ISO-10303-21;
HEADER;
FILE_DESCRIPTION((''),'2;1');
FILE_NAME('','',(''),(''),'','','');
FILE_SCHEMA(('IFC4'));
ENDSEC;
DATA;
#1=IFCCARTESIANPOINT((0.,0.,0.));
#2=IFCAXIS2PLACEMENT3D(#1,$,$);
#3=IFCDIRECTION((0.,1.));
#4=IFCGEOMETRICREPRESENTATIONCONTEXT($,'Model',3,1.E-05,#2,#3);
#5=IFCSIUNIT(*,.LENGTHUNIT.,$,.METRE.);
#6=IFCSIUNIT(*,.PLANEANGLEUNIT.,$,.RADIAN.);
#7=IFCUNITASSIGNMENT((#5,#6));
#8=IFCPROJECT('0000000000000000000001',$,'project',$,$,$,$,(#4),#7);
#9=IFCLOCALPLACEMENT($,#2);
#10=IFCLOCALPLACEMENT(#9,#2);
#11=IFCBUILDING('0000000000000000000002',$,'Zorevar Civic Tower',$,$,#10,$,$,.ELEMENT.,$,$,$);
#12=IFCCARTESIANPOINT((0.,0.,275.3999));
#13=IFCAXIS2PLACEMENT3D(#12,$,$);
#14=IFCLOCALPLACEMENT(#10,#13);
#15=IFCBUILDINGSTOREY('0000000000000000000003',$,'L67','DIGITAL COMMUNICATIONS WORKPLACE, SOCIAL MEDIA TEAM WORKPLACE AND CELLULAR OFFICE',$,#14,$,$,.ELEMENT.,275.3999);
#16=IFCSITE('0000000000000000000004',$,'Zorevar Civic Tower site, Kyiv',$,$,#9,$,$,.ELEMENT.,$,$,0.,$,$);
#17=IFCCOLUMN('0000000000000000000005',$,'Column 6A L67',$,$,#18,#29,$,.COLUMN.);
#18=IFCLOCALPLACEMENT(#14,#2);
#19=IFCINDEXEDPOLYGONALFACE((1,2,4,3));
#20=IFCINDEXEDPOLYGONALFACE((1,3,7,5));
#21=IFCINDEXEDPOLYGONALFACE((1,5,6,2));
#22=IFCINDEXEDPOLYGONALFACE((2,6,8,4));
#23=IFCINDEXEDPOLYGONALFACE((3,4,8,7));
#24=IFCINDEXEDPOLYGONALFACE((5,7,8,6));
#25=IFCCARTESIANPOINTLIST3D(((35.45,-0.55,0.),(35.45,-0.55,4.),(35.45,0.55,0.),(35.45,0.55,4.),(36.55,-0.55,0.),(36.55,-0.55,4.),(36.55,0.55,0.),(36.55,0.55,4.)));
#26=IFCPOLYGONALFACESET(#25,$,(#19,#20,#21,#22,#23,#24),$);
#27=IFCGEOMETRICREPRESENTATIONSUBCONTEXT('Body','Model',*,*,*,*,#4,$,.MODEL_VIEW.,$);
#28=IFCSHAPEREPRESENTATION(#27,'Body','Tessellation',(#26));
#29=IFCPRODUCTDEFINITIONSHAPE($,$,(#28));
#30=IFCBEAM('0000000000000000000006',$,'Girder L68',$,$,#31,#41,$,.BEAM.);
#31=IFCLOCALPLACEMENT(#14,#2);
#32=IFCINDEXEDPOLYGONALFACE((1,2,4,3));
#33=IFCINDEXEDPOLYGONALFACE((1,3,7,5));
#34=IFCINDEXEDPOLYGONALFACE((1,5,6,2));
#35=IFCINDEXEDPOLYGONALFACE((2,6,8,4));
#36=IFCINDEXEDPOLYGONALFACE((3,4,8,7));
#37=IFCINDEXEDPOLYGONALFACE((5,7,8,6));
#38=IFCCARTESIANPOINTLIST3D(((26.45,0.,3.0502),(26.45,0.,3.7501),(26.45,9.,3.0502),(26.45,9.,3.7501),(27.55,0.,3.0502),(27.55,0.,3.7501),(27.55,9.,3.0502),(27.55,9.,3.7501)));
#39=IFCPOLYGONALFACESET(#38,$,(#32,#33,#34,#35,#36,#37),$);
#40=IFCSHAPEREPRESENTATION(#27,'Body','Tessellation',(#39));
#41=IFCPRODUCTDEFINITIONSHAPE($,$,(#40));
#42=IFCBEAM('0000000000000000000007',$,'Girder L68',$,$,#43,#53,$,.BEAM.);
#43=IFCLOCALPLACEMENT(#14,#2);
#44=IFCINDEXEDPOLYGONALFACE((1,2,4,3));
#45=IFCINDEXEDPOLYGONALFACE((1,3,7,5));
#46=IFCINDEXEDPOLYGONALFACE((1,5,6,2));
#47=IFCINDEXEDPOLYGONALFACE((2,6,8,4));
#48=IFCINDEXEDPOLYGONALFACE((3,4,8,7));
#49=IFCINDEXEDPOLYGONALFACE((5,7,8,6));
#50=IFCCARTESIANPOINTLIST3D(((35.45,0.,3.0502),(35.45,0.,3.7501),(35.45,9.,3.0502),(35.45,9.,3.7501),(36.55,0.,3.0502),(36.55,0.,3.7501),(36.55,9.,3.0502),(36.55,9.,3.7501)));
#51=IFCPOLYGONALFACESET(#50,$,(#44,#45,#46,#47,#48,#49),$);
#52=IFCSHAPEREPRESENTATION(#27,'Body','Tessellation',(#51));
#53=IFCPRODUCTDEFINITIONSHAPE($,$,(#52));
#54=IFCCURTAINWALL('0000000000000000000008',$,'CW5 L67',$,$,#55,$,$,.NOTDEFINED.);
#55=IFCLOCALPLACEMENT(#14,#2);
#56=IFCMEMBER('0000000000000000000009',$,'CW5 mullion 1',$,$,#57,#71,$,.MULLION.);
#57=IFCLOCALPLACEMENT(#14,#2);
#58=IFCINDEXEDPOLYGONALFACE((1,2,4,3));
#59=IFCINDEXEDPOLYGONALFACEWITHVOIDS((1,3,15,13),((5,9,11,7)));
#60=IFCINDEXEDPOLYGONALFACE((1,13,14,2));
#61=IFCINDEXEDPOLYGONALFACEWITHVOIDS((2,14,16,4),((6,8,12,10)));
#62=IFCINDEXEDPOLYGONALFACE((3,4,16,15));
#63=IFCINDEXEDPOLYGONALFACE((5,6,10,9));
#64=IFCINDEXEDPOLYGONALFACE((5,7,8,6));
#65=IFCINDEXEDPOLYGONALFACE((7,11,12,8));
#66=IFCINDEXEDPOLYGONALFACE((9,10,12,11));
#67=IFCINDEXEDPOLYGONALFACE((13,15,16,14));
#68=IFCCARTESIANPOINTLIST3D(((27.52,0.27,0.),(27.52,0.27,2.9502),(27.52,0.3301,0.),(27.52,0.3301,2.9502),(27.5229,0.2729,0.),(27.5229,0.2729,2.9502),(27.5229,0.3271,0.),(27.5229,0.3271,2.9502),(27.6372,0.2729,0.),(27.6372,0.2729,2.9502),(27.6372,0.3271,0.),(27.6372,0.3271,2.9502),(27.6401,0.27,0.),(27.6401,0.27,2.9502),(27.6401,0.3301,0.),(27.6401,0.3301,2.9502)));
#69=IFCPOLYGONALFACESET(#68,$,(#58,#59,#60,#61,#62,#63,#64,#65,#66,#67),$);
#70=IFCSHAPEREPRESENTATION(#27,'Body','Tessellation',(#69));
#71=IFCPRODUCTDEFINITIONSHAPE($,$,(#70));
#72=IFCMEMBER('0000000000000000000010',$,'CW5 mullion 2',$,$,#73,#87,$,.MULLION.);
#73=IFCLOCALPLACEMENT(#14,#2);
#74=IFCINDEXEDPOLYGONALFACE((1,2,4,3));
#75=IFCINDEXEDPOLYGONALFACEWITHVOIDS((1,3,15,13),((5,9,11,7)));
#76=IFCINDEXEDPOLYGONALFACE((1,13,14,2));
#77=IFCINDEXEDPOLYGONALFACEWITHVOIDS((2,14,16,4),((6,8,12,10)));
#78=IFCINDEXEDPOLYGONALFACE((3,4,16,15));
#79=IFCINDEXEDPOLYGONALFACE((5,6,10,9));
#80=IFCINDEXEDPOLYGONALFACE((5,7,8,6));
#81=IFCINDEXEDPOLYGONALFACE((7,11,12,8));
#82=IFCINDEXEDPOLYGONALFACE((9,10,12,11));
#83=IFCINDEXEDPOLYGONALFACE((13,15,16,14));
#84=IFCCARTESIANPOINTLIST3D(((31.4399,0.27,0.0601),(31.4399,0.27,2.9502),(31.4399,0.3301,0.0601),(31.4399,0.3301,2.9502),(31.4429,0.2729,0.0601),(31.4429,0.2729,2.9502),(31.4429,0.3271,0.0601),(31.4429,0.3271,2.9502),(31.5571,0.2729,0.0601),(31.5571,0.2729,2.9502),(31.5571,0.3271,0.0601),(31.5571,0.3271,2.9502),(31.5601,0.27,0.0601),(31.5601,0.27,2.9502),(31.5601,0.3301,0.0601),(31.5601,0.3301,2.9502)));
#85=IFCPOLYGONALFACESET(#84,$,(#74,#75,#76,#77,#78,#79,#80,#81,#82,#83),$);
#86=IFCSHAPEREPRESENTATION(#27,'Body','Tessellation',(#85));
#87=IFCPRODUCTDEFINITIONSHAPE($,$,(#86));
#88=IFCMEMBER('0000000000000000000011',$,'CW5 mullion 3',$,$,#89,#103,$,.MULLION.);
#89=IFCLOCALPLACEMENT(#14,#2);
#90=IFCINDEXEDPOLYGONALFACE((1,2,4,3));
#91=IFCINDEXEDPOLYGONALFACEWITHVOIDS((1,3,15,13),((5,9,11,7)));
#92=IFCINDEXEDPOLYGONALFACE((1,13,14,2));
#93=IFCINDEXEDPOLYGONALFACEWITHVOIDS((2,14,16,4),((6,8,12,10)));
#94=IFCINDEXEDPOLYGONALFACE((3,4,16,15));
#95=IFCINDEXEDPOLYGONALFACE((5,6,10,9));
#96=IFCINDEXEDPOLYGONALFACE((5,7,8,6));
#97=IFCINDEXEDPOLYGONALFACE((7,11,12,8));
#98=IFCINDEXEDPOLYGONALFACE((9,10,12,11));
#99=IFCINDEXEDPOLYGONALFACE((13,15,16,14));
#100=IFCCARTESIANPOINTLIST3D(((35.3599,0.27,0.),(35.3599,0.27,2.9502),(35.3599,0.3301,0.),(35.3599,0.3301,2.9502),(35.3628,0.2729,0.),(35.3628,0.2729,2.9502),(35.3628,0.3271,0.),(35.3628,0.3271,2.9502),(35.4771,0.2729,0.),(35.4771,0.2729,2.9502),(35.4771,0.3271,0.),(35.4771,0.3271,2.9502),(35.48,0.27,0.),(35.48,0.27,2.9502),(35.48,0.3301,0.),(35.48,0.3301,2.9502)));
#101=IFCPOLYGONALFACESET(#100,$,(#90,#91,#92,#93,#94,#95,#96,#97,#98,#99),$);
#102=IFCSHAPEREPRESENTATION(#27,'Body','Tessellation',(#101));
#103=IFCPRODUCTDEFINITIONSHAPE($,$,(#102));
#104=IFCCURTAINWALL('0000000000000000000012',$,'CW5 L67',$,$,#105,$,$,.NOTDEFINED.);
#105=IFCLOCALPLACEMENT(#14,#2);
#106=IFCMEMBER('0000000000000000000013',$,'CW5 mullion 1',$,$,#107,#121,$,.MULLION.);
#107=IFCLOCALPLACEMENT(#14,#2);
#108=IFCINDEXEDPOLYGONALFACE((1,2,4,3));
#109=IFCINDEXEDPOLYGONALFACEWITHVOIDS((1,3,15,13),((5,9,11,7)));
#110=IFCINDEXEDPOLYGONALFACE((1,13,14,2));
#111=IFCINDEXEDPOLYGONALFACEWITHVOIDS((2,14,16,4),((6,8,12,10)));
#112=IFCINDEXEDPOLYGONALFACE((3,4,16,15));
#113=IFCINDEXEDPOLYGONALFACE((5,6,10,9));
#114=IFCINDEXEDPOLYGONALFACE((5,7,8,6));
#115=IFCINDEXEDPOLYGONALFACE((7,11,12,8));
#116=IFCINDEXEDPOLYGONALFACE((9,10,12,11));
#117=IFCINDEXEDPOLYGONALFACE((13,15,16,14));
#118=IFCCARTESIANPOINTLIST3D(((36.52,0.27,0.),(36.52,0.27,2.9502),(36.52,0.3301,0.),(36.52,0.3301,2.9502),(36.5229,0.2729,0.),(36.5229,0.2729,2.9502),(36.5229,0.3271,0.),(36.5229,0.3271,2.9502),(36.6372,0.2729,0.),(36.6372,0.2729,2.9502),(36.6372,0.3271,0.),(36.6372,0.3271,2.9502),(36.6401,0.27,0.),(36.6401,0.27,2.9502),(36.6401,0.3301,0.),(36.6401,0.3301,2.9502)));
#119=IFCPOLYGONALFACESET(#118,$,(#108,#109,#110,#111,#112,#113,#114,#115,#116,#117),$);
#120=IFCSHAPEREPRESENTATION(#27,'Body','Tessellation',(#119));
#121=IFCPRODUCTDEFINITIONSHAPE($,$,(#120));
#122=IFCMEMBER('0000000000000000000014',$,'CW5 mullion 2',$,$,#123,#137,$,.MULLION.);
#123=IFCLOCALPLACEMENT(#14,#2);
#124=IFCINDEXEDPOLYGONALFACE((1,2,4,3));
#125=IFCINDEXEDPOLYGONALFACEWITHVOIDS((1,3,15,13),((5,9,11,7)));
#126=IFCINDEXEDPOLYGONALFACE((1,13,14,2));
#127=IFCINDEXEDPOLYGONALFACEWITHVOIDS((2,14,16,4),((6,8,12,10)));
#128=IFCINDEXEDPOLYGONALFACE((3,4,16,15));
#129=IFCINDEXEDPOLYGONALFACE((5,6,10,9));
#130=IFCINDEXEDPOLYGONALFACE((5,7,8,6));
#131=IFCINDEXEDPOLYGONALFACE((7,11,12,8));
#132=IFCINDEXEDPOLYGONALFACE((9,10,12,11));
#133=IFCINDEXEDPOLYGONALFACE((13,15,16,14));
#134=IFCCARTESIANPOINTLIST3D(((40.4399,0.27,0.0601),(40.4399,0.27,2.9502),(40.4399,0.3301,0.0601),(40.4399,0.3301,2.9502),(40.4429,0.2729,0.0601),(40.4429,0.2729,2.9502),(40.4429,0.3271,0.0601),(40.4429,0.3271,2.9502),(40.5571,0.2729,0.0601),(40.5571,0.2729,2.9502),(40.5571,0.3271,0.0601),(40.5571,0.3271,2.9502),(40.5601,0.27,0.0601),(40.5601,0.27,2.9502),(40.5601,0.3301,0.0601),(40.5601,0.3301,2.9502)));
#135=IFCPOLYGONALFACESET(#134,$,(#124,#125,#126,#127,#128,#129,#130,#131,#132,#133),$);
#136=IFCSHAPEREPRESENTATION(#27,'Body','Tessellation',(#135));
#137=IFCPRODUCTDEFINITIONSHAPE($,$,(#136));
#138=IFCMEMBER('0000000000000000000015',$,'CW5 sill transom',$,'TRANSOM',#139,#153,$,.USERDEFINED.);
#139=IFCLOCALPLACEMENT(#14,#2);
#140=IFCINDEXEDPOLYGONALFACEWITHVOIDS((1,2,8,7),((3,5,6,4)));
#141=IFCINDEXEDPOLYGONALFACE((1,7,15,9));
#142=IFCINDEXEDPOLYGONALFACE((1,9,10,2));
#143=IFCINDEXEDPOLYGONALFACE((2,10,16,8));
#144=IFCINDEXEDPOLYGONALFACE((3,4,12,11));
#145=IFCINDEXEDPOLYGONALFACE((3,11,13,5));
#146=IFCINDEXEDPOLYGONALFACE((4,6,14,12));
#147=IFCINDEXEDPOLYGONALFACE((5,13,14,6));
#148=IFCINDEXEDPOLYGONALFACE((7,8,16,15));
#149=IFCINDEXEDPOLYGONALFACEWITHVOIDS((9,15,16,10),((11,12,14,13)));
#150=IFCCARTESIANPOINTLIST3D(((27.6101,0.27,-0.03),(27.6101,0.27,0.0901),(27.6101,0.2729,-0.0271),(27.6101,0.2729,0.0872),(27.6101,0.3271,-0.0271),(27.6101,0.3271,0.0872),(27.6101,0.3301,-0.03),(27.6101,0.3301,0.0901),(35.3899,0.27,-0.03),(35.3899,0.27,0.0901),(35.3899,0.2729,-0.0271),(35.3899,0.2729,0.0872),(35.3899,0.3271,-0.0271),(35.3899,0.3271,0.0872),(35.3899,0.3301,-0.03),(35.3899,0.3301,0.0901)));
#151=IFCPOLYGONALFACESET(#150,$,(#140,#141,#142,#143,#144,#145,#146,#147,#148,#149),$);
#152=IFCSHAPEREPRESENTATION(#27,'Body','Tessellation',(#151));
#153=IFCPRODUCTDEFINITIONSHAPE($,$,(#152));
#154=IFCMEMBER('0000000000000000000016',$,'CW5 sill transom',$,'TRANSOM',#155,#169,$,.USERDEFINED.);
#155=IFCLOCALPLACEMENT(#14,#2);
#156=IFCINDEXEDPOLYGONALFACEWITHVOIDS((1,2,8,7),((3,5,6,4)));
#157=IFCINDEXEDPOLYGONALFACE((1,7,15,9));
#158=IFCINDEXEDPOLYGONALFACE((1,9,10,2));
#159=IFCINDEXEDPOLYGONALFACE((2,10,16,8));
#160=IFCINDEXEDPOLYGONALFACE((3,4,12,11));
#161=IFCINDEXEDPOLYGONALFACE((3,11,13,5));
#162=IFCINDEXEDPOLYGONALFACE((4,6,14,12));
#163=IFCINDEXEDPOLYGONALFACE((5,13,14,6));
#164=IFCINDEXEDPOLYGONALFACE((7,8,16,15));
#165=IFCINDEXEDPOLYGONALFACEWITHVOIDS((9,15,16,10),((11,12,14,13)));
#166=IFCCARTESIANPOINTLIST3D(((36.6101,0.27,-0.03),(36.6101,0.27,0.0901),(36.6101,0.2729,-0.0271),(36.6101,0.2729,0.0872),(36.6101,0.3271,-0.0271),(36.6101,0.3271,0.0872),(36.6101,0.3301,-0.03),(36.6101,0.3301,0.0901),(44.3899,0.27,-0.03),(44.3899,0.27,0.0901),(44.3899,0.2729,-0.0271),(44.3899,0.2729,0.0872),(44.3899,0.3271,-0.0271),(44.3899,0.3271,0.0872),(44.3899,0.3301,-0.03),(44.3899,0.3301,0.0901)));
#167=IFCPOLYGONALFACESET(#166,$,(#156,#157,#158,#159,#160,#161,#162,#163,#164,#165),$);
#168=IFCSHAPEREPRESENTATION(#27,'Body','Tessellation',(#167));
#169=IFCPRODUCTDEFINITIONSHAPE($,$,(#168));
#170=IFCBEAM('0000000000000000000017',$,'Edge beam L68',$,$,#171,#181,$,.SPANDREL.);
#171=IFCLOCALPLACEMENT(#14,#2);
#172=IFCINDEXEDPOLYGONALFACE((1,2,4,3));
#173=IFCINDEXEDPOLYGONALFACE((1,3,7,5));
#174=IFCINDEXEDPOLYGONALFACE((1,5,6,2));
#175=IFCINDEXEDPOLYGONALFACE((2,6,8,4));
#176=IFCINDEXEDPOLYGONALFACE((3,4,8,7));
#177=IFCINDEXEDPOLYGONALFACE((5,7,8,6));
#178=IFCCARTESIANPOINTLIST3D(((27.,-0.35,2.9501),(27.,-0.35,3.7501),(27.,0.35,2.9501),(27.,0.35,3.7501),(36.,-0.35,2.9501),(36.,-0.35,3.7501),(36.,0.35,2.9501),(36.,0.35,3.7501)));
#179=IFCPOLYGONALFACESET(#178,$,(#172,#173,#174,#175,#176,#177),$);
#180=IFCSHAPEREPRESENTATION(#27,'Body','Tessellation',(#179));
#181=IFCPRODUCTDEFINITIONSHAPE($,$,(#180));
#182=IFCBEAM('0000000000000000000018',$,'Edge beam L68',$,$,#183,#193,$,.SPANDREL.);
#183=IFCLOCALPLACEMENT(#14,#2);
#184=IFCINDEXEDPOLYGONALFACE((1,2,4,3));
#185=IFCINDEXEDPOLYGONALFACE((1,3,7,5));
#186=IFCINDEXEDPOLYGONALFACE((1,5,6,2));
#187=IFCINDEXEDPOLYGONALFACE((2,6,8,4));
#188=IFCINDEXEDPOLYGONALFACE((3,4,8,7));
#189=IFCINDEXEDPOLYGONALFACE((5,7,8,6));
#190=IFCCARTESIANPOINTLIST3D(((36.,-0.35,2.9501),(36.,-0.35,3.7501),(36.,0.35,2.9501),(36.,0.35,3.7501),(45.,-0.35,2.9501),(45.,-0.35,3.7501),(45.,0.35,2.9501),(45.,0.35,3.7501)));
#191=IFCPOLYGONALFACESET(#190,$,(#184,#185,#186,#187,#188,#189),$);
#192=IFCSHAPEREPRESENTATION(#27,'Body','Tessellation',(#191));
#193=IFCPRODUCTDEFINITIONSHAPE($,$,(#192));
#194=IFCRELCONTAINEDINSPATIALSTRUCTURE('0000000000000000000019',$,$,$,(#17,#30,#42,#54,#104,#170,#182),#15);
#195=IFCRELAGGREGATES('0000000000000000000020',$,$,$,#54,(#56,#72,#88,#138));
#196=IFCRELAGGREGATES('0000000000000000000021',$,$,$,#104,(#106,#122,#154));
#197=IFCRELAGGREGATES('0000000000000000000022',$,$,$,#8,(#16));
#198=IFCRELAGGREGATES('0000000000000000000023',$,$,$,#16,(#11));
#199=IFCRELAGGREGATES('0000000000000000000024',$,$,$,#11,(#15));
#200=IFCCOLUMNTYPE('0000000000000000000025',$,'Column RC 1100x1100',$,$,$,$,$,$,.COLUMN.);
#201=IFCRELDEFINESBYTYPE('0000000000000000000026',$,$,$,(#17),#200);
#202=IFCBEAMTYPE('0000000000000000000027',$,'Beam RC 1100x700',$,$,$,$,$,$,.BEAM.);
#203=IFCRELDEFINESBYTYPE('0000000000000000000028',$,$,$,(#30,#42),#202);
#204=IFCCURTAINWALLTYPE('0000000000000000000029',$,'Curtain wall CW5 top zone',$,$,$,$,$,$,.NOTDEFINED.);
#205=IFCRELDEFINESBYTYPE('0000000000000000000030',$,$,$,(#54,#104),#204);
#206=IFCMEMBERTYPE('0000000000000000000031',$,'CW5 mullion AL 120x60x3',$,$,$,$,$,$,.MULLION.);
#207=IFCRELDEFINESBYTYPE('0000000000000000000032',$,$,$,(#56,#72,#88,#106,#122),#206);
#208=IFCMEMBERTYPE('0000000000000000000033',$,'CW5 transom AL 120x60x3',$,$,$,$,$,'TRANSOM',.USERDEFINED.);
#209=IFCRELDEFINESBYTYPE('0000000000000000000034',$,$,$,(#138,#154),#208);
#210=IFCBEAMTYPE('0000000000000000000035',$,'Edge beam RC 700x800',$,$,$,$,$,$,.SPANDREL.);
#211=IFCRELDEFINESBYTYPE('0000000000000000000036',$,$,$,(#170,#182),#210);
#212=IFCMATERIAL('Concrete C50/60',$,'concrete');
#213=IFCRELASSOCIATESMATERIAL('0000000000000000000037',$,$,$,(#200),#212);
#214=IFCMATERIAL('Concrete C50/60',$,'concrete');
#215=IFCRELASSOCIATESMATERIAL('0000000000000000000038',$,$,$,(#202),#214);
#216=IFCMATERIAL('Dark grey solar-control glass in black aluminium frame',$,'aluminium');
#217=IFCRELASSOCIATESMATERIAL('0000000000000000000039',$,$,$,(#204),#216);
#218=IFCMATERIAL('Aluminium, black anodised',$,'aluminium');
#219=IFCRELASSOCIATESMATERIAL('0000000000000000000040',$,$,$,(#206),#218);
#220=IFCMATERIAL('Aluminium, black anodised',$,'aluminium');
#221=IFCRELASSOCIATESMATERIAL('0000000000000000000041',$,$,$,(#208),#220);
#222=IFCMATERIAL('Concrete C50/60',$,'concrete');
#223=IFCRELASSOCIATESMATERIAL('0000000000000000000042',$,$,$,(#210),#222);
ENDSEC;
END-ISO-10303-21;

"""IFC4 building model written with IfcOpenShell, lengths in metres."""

from ifc_helpers import new_model, si_unit, direction, frame, origin, origin_2d, place, context, subcontext, project, spatial, rectangle, hollow_rectangle, extrude, material, material_profile, profile_set, type_object, element, aggregate, save


model = new_model("IFC4")

# Units and contexts
model_context = context("Model", 3, precision=1e-05, world=origin(), true_north=direction((0.0, 1.0)))
body_context = subcontext(model_context, "Body", "Model", "MODEL_VIEW")
ifc_project = project(units=[si_unit("LENGTHUNIT", "METRE"), si_unit("PLANEANGLEUNIT", "RADIAN")], contexts=[model_context])

# Site, building, storey
site_placement = place(None, origin())
site = spatial("IfcSite", under=ifc_project, at=site_placement, Name="Zorevar Civic Tower site, Kyiv", CompositionType="ELEMENT", RefElevation=0.0)
building_placement = place(site_placement, origin())
building = spatial("IfcBuilding", under=site, at=building_placement, Name="Zorevar Civic Tower", CompositionType="ELEMENT")
storey_placement = place(building_placement, frame((0.0, 0.0, 275.3999)))
storey = spatial("IfcBuildingStorey", under=building, at=storey_placement, Name="L67", Description="DIGITAL COMMUNICATIONS WORKPLACE, SOCIAL MEDIA TEAM WORKPLACE AND CELLULAR OFFICE", CompositionType="ELEMENT", Elevation=275.3999)

# Column
ifc_material_1 = material(Name="Concrete C50/60", Category="concrete")
ifc_material_profile_1 = material_profile(ifc_material_1, rectangle(XDim=1.1001, YDim=1.1001, at=origin_2d()), Name="RC 1100x1100")
ifc_profile_set_1 = profile_set([ifc_material_profile_1], Name="Concrete C50/60")
column_type = type_object("IfcColumnType", Name="Column RC 1100x1100", PredefinedType="COLUMN", material=ifc_profile_set_1)
column_placement = place(storey_placement, frame((36.0, 0.0, 0.0), z_axis=(0.0, 0.0, 1.0), x_axis=(1.0, 0.0, 0.0)))
element("IfcColumn", 1, at=column_placement, inside=storey, type_object=column_type, Name="Column 6A L67", PredefinedType="COLUMN", context=body_context, shape_type="SweptSolid", body=[
    extrude(rectangle(XDim=1.1001, YDim=1.1001, at=origin_2d()), origin(), (0.0, 0.0, 1.0), 4.0),
])

# Beams
ifc_material_2 = material(Name="Concrete C50/60", Category="concrete")
ifc_material_profile_2 = material_profile(ifc_material_2, rectangle(XDim=1.1001, YDim=0.7, at=origin_2d()), Name="RC 1100x700")
ifc_profile_set_2 = profile_set([ifc_material_profile_2], Name="Concrete C50/60")
beam_type_1 = type_object("IfcBeamType", Name="Beam RC 1100x700", PredefinedType="BEAM", material=ifc_profile_set_2)
for number, where, z_axis, x_axis, name in (
    (2, (27.0, 0.0, 3.4001), (0.0, 1.0, 0.0), (-1.0, 0.0, 0.0), "Girder L68"),
    (3, (36.0, 0.0, 3.4001), (0.0, 1.0, 0.0), (-1.0, 0.0, 0.0), "Girder L68"),
):
    element("IfcBeam", number, at=place(storey_placement, frame(where, z_axis=z_axis, x_axis=x_axis)), inside=storey, type_object=beam_type_1, Name=name, PredefinedType="BEAM", context=body_context, shape_type="SweptSolid", body=[
        extrude(rectangle(XDim=1.1001, YDim=0.7, at=origin_2d()), origin(), (0.0, 0.0, 1.0), 9.0),
    ])

# Curtain walls, members
ifc_material_3 = material(Name="Dark grey solar-control glass in black aluminium frame", Category="aluminium")
curtain_wall_type = type_object("IfcCurtainWallType", Name="Curtain wall CW5 top zone", PredefinedType="NOTDEFINED", material=ifc_material_3)
curtain_wall_1_placement = place(storey_placement, origin())
curtain_wall_1 = element("IfcCurtainWall", 4, at=curtain_wall_1_placement, inside=storey, type_object=curtain_wall_type, Name="CW5 L67", PredefinedType="NOTDEFINED")
ifc_material_4 = material(Name="Aluminium, black anodised", Category="aluminium")
ifc_material_profile_3 = material_profile(ifc_material_4, hollow_rectangle(XDim=0.0601, YDim=0.1201, WallThickness=0.0029, at=origin_2d()), Name="AL 120x60x3")
ifc_profile_set_3 = profile_set([ifc_material_profile_3], Name="Aluminium, black anodised")
member_type_1 = type_object("IfcMemberType", Name="CW5 mullion AL 120x60x3", PredefinedType="MULLION", material=ifc_profile_set_3)
member_1_placement = place(storey_placement, frame((27.5801, 0.3, 0.0), z_axis=(0.0, 0.0, 1.0), x_axis=(0.0, 1.0, 0.0)))
member_1 = element("IfcMember", 5, at=member_1_placement, type_object=member_type_1, Name="CW5 mullion 1", PredefinedType="MULLION", context=body_context, shape_type="SweptSolid", body=[
    extrude(hollow_rectangle(XDim=0.0601, YDim=0.1201, WallThickness=0.0029, at=origin_2d()), origin(), (0.0, 0.0, 1.0), 2.9502),
])
member_2_placement = place(storey_placement, frame((31.5, 0.3, 0.0601), z_axis=(0.0, 0.0, 1.0), x_axis=(0.0, 1.0, 0.0)))
member_2 = element("IfcMember", 6, at=member_2_placement, type_object=member_type_1, Name="CW5 mullion 2", PredefinedType="MULLION", context=body_context, shape_type="SweptSolid", body=[
    extrude(hollow_rectangle(XDim=0.0601, YDim=0.1201, WallThickness=0.0029, at=origin_2d()), origin(), (0.0, 0.0, 1.0), 2.8901),
])
member_3_placement = place(storey_placement, frame((35.4199, 0.3, 0.0), z_axis=(0.0, 0.0, 1.0), x_axis=(0.0, 1.0, 0.0)))
member_3 = element("IfcMember", 7, at=member_3_placement, type_object=member_type_1, Name="CW5 mullion 3", PredefinedType="MULLION", context=body_context, shape_type="SweptSolid", body=[
    extrude(hollow_rectangle(XDim=0.0601, YDim=0.1201, WallThickness=0.0029, at=origin_2d()), origin(), (0.0, 0.0, 1.0), 2.9502),
])
curtain_wall_2_placement = place(storey_placement, origin())
curtain_wall_2 = element("IfcCurtainWall", 8, at=curtain_wall_2_placement, inside=storey, type_object=curtain_wall_type, Name="CW5 L67", PredefinedType="NOTDEFINED")
member_4_placement = place(storey_placement, frame((36.5801, 0.3, 0.0), z_axis=(0.0, 0.0, 1.0), x_axis=(0.0, 1.0, 0.0)))
member_4 = element("IfcMember", 9, at=member_4_placement, type_object=member_type_1, Name="CW5 mullion 1", PredefinedType="MULLION", context=body_context, shape_type="SweptSolid", body=[
    extrude(hollow_rectangle(XDim=0.0601, YDim=0.1201, WallThickness=0.0029, at=origin_2d()), origin(), (0.0, 0.0, 1.0), 2.9502),
])
member_5_placement = place(storey_placement, frame((40.5, 0.3, 0.0601), z_axis=(0.0, 0.0, 1.0), x_axis=(0.0, 1.0, 0.0)))
member_5 = element("IfcMember", 10, at=member_5_placement, type_object=member_type_1, Name="CW5 mullion 2", PredefinedType="MULLION", context=body_context, shape_type="SweptSolid", body=[
    extrude(hollow_rectangle(XDim=0.0601, YDim=0.1201, WallThickness=0.0029, at=origin_2d()), origin(), (0.0, 0.0, 1.0), 2.8901),
])

# Members
ifc_material_5 = material(Name="Aluminium, black anodised", Category="aluminium")
ifc_material_profile_4 = material_profile(ifc_material_5, hollow_rectangle(XDim=0.0601, YDim=0.1201, WallThickness=0.0029, at=origin_2d()), Name="AL 120x60x3")
ifc_profile_set_4 = profile_set([ifc_material_profile_4], Name="Aluminium, black anodised")
member_type_2 = type_object("IfcMemberType", Name="CW5 transom AL 120x60x3", ElementType="TRANSOM", PredefinedType="USERDEFINED", material=ifc_profile_set_4)
member_6_placement = place(storey_placement, frame((27.6101, 0.3, 0.03), z_axis=(1.0, 0.0, 0.0), x_axis=(0.0, 1.0, 0.0)))
member_6 = element("IfcMember", 11, at=member_6_placement, type_object=member_type_2, Name="CW5 sill transom", ObjectType="TRANSOM", PredefinedType="USERDEFINED", context=body_context, shape_type="SweptSolid", body=[
    extrude(hollow_rectangle(XDim=0.0601, YDim=0.1201, WallThickness=0.0029, at=origin_2d()), origin(), (0.0, 0.0, 1.0), 7.7798),
])
member_7_placement = place(storey_placement, frame((36.6101, 0.3, 0.03), z_axis=(1.0, 0.0, 0.0), x_axis=(0.0, 1.0, 0.0)))
member_7 = element("IfcMember", 12, at=member_7_placement, type_object=member_type_2, Name="CW5 sill transom", ObjectType="TRANSOM", PredefinedType="USERDEFINED", context=body_context, shape_type="SweptSolid", body=[
    extrude(hollow_rectangle(XDim=0.0601, YDim=0.1201, WallThickness=0.0029, at=origin_2d()), origin(), (0.0, 0.0, 1.0), 7.7798),
])

# Beams
ifc_material_6 = material(Name="Concrete C50/60", Category="concrete")
ifc_material_profile_5 = material_profile(ifc_material_6, rectangle(XDim=0.7, YDim=0.8, at=origin_2d()), Name="RC 700x800")
ifc_profile_set_5 = profile_set([ifc_material_profile_5], Name="Concrete C50/60")
beam_type_2 = type_object("IfcBeamType", Name="Edge beam RC 700x800", PredefinedType="SPANDREL", material=ifc_profile_set_5)
for number, where, z_axis, x_axis, name in (
    (13, (27.0, 0.0, 3.3501), (1.0, 0.0, 0.0), (0.0, 1.0, 0.0), "Edge beam L68"),
    (14, (36.0, 0.0, 3.3501), (1.0, 0.0, 0.0), (0.0, 1.0, 0.0), "Edge beam L68"),
):
    element("IfcBeam", number, at=place(storey_placement, frame(where, z_axis=z_axis, x_axis=x_axis)), inside=storey, type_object=beam_type_2, Name=name, PredefinedType="SPANDREL", context=body_context, shape_type="SweptSolid", body=[
        extrude(rectangle(XDim=0.7, YDim=0.8, at=origin_2d()), origin(), (0.0, 0.0, 1.0), 9.0),
    ])

aggregate(curtain_wall_1, [member_1, member_2, member_3, member_6])
aggregate(curtain_wall_2, [member_4, member_5, member_7])

save(model, "model.ifc")
